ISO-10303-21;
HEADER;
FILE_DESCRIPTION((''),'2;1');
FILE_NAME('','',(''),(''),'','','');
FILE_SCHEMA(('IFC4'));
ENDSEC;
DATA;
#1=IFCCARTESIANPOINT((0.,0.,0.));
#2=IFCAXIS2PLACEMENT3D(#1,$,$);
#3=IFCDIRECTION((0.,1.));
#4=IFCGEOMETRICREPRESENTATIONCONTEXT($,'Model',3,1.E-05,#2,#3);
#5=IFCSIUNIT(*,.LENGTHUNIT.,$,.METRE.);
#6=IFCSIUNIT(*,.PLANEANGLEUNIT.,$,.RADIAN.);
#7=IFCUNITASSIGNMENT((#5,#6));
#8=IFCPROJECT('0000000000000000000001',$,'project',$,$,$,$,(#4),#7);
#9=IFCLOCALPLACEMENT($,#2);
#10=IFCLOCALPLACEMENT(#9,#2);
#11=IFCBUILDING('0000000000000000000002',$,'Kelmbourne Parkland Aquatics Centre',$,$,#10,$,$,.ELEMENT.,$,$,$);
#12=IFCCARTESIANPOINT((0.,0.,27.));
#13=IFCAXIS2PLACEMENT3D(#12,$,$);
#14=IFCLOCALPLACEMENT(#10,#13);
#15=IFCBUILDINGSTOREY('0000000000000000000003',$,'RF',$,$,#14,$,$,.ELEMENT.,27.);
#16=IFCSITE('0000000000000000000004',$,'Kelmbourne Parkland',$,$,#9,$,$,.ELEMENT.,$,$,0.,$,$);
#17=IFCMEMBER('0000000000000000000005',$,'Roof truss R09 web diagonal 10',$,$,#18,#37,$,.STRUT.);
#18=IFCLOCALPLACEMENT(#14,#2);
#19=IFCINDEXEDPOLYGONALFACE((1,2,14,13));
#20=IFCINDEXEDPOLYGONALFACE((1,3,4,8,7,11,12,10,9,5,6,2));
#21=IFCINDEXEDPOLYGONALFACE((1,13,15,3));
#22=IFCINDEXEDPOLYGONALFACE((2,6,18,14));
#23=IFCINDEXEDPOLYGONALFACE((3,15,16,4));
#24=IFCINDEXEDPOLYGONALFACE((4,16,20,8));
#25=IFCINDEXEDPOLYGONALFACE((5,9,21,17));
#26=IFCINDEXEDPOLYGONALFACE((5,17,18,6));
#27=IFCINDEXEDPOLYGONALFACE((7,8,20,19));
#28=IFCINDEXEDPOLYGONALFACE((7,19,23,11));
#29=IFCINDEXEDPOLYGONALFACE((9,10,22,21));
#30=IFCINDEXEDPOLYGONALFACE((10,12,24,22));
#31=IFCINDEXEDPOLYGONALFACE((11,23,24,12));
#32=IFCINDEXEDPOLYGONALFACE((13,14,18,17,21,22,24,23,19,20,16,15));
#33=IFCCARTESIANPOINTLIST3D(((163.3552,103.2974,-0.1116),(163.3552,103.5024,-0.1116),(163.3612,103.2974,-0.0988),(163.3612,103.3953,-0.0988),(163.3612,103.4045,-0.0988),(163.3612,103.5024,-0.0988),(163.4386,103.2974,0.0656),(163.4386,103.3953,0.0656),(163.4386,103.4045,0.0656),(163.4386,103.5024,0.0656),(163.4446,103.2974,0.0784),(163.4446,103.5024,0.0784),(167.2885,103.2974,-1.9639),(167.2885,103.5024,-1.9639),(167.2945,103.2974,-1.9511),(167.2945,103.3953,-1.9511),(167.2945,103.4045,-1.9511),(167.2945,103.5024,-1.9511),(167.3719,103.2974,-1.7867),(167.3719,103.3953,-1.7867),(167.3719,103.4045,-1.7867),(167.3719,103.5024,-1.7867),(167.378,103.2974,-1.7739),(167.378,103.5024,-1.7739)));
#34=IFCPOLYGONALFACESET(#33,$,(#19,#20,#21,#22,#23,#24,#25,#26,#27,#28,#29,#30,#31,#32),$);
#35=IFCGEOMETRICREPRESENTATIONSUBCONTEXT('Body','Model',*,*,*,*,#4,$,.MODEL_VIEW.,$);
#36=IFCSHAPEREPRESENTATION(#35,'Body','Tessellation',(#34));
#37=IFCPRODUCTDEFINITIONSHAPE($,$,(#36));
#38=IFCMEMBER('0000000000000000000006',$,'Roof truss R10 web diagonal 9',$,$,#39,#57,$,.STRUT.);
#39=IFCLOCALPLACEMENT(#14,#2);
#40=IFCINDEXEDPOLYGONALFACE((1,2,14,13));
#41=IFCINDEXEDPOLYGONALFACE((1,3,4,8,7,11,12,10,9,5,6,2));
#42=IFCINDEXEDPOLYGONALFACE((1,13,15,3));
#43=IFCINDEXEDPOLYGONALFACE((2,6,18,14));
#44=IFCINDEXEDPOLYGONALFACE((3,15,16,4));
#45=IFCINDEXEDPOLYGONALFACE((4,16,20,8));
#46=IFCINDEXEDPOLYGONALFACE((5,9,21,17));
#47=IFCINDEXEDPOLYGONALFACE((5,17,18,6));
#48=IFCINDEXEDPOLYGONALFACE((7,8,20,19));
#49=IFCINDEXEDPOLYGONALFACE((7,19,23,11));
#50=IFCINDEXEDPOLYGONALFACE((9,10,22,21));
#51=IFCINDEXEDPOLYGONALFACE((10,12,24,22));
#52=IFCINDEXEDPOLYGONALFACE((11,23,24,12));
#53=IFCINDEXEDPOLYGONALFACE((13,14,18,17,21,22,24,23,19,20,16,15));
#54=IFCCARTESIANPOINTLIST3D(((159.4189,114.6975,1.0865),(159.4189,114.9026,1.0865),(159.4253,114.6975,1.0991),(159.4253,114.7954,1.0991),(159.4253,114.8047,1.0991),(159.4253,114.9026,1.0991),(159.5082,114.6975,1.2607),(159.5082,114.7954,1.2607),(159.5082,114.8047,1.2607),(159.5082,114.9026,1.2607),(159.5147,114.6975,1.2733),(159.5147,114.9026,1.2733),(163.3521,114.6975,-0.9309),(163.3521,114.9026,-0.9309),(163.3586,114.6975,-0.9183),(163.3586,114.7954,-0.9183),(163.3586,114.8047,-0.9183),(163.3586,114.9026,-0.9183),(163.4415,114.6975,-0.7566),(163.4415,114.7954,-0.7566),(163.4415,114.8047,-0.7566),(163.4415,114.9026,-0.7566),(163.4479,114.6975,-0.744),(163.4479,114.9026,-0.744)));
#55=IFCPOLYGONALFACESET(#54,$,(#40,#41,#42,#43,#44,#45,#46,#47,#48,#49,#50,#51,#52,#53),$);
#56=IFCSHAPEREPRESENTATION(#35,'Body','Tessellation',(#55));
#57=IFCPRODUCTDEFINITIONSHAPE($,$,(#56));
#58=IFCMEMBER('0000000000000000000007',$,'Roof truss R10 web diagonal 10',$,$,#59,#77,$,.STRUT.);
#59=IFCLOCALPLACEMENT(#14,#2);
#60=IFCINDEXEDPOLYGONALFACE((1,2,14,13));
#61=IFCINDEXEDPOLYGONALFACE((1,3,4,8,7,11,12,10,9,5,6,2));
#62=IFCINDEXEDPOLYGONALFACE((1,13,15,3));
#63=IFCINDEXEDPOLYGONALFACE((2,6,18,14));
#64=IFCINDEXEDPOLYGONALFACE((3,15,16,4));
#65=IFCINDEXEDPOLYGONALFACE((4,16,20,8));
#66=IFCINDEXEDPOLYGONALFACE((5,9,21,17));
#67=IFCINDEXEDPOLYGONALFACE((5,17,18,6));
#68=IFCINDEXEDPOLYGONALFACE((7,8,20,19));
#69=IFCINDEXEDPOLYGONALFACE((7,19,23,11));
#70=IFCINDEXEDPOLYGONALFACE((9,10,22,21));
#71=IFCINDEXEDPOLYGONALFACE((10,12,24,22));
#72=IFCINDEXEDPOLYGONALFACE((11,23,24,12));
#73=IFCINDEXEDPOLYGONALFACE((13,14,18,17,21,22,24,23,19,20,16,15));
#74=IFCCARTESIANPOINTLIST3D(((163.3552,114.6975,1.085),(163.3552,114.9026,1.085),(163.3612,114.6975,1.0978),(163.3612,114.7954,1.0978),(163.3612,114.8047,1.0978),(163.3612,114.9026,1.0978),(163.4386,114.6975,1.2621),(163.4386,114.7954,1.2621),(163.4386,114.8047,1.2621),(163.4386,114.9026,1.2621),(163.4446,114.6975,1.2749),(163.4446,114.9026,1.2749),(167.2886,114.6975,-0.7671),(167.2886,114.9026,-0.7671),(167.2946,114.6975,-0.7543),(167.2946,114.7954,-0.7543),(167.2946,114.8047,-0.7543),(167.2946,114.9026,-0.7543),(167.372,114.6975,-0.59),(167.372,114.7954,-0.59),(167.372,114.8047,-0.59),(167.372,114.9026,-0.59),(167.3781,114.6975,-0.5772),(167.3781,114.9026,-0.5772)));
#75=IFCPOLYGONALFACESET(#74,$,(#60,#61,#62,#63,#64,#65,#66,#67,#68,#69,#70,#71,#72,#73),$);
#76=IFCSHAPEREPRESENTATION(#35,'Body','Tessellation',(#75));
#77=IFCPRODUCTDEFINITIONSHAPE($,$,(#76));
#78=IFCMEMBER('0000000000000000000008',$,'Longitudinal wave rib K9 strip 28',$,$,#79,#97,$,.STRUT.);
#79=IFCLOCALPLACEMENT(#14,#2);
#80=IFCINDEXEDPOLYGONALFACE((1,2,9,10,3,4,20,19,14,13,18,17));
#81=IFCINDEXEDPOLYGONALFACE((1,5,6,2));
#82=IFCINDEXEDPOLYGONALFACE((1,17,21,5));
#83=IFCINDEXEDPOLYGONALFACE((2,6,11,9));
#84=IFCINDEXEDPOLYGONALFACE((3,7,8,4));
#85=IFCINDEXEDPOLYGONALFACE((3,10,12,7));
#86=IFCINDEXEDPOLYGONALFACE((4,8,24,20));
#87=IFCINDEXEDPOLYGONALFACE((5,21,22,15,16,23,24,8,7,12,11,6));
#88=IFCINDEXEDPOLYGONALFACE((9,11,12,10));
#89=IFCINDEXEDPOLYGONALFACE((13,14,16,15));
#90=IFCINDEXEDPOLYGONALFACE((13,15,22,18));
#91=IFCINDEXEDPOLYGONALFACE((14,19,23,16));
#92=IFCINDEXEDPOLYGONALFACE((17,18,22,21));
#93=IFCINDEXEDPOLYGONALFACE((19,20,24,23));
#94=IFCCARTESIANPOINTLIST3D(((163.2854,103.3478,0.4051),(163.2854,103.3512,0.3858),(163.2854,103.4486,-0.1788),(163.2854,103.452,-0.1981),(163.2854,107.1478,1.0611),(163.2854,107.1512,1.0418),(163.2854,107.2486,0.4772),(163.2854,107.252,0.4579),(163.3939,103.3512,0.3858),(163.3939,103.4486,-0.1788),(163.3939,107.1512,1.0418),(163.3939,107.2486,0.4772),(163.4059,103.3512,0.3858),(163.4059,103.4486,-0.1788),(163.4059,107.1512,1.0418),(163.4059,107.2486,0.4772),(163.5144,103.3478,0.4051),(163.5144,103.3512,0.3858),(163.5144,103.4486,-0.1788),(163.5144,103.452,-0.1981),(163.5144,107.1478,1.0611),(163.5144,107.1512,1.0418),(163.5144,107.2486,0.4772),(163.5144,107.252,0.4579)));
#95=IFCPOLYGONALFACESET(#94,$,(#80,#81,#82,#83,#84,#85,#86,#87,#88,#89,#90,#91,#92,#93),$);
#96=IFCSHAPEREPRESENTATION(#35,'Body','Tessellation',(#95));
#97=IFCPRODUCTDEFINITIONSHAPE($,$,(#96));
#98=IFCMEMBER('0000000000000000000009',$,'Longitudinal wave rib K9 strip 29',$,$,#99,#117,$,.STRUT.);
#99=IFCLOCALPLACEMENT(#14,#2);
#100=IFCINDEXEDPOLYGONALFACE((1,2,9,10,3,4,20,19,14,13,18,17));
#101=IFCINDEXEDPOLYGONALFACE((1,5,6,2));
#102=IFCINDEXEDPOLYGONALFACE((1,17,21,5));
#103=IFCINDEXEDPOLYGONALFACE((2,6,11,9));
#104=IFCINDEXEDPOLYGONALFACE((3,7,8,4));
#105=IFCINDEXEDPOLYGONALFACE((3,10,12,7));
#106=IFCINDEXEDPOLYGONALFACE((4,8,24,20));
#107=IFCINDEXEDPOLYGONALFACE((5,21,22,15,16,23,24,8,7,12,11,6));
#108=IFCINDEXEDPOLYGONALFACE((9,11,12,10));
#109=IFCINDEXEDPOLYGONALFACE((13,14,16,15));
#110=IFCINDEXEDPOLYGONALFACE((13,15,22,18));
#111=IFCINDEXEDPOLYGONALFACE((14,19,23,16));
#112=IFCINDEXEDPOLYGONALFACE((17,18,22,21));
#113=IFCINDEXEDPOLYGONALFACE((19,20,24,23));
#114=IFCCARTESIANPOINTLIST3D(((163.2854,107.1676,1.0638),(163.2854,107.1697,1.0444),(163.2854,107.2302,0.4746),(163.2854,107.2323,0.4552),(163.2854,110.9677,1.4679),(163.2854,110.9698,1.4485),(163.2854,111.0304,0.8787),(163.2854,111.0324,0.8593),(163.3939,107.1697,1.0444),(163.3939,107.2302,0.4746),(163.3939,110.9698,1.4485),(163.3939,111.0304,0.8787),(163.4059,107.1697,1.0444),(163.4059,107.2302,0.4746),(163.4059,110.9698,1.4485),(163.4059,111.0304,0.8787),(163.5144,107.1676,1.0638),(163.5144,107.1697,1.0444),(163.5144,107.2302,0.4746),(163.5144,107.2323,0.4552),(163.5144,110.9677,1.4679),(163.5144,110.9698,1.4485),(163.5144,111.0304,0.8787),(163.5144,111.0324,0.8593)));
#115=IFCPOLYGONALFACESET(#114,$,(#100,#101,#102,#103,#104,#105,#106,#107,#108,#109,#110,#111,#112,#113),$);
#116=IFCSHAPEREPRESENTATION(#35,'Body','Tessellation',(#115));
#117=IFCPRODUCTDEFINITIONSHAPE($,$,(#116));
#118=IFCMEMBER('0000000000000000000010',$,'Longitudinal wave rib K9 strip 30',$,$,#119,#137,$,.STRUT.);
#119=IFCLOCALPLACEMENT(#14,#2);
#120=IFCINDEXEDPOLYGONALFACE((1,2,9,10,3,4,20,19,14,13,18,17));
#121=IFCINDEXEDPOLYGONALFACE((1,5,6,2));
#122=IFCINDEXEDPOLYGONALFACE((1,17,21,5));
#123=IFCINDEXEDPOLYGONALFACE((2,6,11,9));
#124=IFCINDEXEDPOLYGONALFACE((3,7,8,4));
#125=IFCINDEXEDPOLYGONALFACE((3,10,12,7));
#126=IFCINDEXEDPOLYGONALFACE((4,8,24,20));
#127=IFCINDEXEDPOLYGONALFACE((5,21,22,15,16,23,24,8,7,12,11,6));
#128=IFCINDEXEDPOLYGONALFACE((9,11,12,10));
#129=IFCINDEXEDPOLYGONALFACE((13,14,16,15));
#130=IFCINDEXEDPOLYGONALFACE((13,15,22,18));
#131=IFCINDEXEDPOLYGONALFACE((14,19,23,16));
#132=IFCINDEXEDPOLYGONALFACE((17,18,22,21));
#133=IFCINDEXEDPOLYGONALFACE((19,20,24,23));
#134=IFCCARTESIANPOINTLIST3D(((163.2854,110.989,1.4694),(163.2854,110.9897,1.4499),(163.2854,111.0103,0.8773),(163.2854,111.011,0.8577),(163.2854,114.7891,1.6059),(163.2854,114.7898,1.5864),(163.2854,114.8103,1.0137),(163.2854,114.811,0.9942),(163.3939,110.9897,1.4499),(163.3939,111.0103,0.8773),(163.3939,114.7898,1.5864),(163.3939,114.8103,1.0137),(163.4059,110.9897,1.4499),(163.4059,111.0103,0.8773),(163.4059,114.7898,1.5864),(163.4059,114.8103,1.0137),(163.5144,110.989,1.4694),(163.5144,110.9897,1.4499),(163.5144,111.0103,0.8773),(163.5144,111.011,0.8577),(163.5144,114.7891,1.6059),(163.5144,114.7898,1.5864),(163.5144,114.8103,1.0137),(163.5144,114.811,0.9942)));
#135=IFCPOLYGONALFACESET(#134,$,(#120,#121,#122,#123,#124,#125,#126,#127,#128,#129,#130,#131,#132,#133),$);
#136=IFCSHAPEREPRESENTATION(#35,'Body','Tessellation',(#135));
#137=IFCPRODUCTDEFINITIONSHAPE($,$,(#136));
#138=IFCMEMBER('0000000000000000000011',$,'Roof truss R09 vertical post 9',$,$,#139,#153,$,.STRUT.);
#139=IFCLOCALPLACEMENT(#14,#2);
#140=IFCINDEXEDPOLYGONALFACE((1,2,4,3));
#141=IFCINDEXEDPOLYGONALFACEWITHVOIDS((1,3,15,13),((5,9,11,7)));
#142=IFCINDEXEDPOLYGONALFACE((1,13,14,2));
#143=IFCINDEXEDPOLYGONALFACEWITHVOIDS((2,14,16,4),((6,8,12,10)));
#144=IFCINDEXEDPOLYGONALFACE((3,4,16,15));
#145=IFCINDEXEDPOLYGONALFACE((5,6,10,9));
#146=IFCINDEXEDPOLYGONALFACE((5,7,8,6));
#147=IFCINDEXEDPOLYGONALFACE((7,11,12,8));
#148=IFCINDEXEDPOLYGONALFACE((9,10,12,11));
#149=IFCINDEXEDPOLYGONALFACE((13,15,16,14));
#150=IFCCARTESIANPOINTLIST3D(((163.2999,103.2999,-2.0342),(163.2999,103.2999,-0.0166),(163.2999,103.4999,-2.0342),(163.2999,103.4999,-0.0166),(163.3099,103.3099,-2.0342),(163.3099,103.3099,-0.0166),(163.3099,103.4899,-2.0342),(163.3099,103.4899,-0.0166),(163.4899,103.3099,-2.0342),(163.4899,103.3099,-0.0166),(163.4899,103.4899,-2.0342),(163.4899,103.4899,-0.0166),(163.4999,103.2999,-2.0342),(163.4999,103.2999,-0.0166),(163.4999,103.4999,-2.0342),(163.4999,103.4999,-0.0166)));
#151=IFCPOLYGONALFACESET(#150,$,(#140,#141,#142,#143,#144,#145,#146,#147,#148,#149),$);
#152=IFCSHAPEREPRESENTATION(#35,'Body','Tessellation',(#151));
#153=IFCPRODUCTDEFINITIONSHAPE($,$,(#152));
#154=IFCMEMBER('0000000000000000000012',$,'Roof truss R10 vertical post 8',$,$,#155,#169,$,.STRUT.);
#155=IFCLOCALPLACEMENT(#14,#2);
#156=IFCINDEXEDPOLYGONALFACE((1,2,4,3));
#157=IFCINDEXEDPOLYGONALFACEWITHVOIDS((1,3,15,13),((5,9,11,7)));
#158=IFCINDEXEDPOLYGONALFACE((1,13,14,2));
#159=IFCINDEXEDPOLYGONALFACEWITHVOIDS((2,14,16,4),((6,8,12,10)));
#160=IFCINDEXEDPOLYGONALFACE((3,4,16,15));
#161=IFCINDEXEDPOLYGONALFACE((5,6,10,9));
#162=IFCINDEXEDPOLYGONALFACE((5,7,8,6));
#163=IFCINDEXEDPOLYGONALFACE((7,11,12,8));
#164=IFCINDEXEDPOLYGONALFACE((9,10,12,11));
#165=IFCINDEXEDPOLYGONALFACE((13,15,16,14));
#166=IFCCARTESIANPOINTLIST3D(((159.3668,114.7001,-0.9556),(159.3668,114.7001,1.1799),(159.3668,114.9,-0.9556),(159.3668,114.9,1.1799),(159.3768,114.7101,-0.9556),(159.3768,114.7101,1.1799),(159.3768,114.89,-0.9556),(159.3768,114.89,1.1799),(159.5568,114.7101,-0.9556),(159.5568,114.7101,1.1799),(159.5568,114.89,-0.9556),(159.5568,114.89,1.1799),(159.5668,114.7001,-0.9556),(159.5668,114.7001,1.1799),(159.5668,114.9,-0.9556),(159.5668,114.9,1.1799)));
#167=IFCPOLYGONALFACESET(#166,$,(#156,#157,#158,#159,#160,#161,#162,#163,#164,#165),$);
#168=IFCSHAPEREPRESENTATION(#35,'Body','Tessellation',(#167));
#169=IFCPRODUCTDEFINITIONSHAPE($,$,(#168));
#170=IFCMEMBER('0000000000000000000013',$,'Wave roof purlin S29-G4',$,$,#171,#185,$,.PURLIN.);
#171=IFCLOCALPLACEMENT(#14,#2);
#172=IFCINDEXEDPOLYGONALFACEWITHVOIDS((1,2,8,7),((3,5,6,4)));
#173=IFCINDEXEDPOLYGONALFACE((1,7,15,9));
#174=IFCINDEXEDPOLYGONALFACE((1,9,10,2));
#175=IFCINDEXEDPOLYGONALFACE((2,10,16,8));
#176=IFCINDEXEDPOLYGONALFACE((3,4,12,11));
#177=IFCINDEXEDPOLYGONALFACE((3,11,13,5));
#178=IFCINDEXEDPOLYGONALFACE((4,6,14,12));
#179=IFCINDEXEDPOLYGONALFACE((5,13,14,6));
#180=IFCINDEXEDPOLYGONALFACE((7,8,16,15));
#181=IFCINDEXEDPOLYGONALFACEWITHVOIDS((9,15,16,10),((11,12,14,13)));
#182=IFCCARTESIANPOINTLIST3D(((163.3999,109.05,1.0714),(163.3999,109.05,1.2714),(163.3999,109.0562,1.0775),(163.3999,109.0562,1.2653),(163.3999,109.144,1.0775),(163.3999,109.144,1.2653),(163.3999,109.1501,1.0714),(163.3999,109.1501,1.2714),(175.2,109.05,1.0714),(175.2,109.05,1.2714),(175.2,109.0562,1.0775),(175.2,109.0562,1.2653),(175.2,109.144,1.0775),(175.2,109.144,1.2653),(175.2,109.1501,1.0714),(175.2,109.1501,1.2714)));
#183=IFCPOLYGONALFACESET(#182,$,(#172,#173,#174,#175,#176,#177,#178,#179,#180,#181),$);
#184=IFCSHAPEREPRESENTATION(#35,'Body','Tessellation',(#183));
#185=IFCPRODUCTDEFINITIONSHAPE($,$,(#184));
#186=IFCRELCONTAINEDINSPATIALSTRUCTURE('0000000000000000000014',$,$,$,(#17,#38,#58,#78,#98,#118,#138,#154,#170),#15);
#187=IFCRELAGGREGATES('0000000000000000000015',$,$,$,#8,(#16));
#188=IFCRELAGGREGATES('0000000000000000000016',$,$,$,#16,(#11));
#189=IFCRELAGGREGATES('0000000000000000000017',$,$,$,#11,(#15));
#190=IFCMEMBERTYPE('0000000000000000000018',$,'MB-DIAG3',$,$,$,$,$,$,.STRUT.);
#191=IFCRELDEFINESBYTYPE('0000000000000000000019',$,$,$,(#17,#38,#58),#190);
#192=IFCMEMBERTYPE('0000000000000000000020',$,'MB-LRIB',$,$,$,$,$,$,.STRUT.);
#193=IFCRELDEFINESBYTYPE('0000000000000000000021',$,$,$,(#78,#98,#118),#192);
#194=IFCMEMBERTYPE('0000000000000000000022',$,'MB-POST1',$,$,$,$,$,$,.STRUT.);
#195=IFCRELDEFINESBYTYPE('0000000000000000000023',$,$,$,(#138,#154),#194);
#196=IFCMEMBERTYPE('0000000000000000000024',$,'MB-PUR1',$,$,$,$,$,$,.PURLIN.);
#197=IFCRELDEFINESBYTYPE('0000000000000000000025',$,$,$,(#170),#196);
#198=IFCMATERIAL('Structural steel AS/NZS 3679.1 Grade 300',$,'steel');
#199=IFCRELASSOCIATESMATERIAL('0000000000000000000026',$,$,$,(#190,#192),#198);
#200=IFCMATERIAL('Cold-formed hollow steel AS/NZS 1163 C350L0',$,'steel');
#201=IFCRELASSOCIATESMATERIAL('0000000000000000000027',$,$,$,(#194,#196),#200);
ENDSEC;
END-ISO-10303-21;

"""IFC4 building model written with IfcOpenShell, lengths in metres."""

from ifc_helpers import new_model, si_unit, direction, frame, origin, origin_2d, place, context, subcontext, project, spatial, hollow_rectangle, i_section, extrude, material, material_profile, profile_set, type_object, element, save


model = new_model("IFC4")

# Units and contexts
model_context = context("Model", 3, precision=1e-05, world=origin(), true_north=direction((0.0, 1.0)))
body_context = subcontext(model_context, "Body", "Model", "MODEL_VIEW")
ifc_project = project(units=[si_unit("LENGTHUNIT", "METRE"), si_unit("PLANEANGLEUNIT", "RADIAN")], contexts=[model_context])

# Site, building, storey
site_placement = place(None, origin())
site = spatial("IfcSite", under=ifc_project, at=site_placement, Name="Kelmbourne Parkland", CompositionType="ELEMENT", RefElevation=0.0)
building_placement = place(site_placement, origin())
building = spatial("IfcBuilding", under=site, at=building_placement, Name="Kelmbourne Parkland Aquatics Centre", CompositionType="ELEMENT")
storey_placement = place(building_placement, frame((0.0, 0.0, 27.0)))
storey = spatial("IfcBuildingStorey", under=building, at=storey_placement, Name="RF", CompositionType="ELEMENT", Elevation=27.0)

# Members
ifc_material_1 = material(Name="Structural steel AS/NZS 3679.1 Grade 300", Category="steel")
ifc_material_profile_1 = material_profile(ifc_material_1, i_section(OverallWidth=0.2051, OverallDepth=0.21, WebThickness=0.0093, FlangeThickness=0.0142, at=origin_2d()), Name="200UC59.5")
ifc_profile_set_1 = profile_set([ifc_material_profile_1], Name="Structural steel AS/NZS 3679.1 Grade 300")
member_type_1 = type_object("IfcMemberType", Name="MB-DIAG3", PredefinedType="STRUT", material=ifc_profile_set_1)
member_1_placement = place(storey_placement, frame((163.3999, 103.3999, -0.0166), z_axis=(0.904703, 0.0, -0.426043), x_axis=(0.0, 1.0, 0.0)))
element("IfcMember", 1, at=member_1_placement, inside=storey, type_object=member_type_1, Name="Roof truss R09 web diagonal 10", PredefinedType="STRUT", context=body_context, shape_type="SweptSolid", body=[
    extrude(i_section(OverallWidth=0.2051, OverallDepth=0.21, WebThickness=0.0093, FlangeThickness=0.0142, at=origin_2d()), origin(), (0.0, 0.0, 1.0), 4.3477),
])
member_2_placement = place(storey_placement, frame((159.4668, 114.8, 1.1799), z_axis=(0.889785, 0.0, -0.456381), x_axis=(0.0, 1.0, 0.0)))
element("IfcMember", 2, at=member_2_placement, inside=storey, type_object=member_type_1, Name="Roof truss R10 web diagonal 9", PredefinedType="STRUT", context=body_context, shape_type="SweptSolid", body=[
    extrude(i_section(OverallWidth=0.2051, OverallDepth=0.21, WebThickness=0.0093, FlangeThickness=0.0142, at=origin_2d()), origin(), (0.0, 0.0, 1.0), 4.4204),
])
member_3_placement = place(storey_placement, frame((163.3999, 114.8, 1.1799), z_axis=(0.904725, 0.0, -0.425997), x_axis=(0.0, 1.0, 0.0)))
element("IfcMember", 3, at=member_3_placement, inside=storey, type_object=member_type_1, Name="Roof truss R10 web diagonal 10", PredefinedType="STRUT", context=body_context, shape_type="SweptSolid", body=[
    extrude(i_section(OverallWidth=0.2051, OverallDepth=0.21, WebThickness=0.0093, FlangeThickness=0.0142, at=origin_2d()), origin(), (0.0, 0.0, 1.0), 4.3477),
])
ifc_material_profile_2 = material_profile(ifc_material_1, i_section(OverallWidth=0.229, OverallDepth=0.6121, WebThickness=0.012, FlangeThickness=0.0195, at=origin_2d()), Name="610UB125")
ifc_profile_set_2 = profile_set([ifc_material_profile_2], Name="Structural steel AS/NZS 3679.1 Grade 300")
member_type_2 = type_object("IfcMemberType", Name="MB-LRIB", PredefinedType="STRUT", material=ifc_profile_set_2)
member_4_placement = place(storey_placement, frame((163.3999, 103.3999, 0.1035), z_axis=(0.0, 0.985424, 0.170115), x_axis=(-1.0, 0.0, 0.0)))
element("IfcMember", 4, at=member_4_placement, inside=storey, type_object=member_type_2, Name="Longitudinal wave rib K9 strip 28", PredefinedType="STRUT", context=body_context, shape_type="SweptSolid", body=[
    extrude(i_section(OverallWidth=0.229, OverallDepth=0.6121, WebThickness=0.012, FlangeThickness=0.0195, at=origin_2d()), origin(), (0.0, 0.0, 1.0), 3.8562),
])
member_5_placement = place(storey_placement, frame((163.3999, 107.2, 0.7595), z_axis=(0.0, 0.994395, 0.105732), x_axis=(-1.0, 0.0, 0.0)))
element("IfcMember", 5, at=member_5_placement, inside=storey, type_object=member_type_2, Name="Longitudinal wave rib K9 strip 29", PredefinedType="STRUT", context=body_context, shape_type="SweptSolid", body=[
    extrude(i_section(OverallWidth=0.229, OverallDepth=0.6121, WebThickness=0.012, FlangeThickness=0.0195, at=origin_2d()), origin(), (0.0, 0.0, 1.0), 3.8215),
])
member_6_placement = place(storey_placement, frame((163.3999, 111.0, 1.1636), z_axis=(0.0, 0.999356, 0.035891), x_axis=(-1.0, 0.0, 0.0)))
element("IfcMember", 6, at=member_6_placement, inside=storey, type_object=member_type_2, Name="Longitudinal wave rib K9 strip 30", PredefinedType="STRUT", context=body_context, shape_type="SweptSolid", body=[
    extrude(i_section(OverallWidth=0.229, OverallDepth=0.6121, WebThickness=0.012, FlangeThickness=0.0195, at=origin_2d()), origin(), (0.0, 0.0, 1.0), 3.8025),
])
ifc_material_2 = material(Name="Cold-formed hollow steel AS/NZS 1163 C350L0", Category="steel")
ifc_material_profile_3 = material_profile(ifc_material_2, hollow_rectangle(XDim=0.2, YDim=0.2, WallThickness=0.01, at=origin_2d()), Name="SHS 200x200x10.0")
ifc_profile_set_3 = profile_set([ifc_material_profile_3], Name="Cold-formed hollow steel AS/NZS 1163 C350L0")
member_type_3 = type_object("IfcMemberType", Name="MB-POST1", PredefinedType="STRUT", material=ifc_profile_set_3)
member_7_placement = place(storey_placement, frame((163.3999, 103.3999, -2.0342), z_axis=(0.0, 0.0, 1.0), x_axis=(1.0, 0.0, 0.0)))
element("IfcMember", 7, at=member_7_placement, inside=storey, type_object=member_type_3, Name="Roof truss R09 vertical post 9", PredefinedType="STRUT", context=body_context, shape_type="SweptSolid", body=[
    extrude(hollow_rectangle(XDim=0.2, YDim=0.2, WallThickness=0.01, at=origin_2d()), origin(), (0.0, 0.0, 1.0), 2.0176),
])
member_8_placement = place(storey_placement, frame((159.4668, 114.8, -0.9556), z_axis=(0.0, 0.0, 1.0), x_axis=(1.0, 0.0, 0.0)))
element("IfcMember", 8, at=member_8_placement, inside=storey, type_object=member_type_3, Name="Roof truss R10 vertical post 8", PredefinedType="STRUT", context=body_context, shape_type="SweptSolid", body=[
    extrude(hollow_rectangle(XDim=0.2, YDim=0.2, WallThickness=0.01, at=origin_2d()), origin(), (0.0, 0.0, 1.0), 2.1355),
])
ifc_material_profile_4 = material_profile(ifc_material_2, hollow_rectangle(XDim=0.1001, YDim=0.2, WallThickness=0.0061, at=origin_2d()), Name="RHS 200x100x6.0")
ifc_profile_set_4 = profile_set([ifc_material_profile_4], Name="Cold-formed hollow steel AS/NZS 1163 C350L0")
member_type_4 = type_object("IfcMemberType", Name="MB-PUR1", PredefinedType="PURLIN", material=ifc_profile_set_4)
member_9_placement = place(storey_placement, frame((163.3999, 109.1001, 1.1714), z_axis=(1.0, 0.0, 0.0), x_axis=(0.0, 1.0, 0.0)))
element("IfcMember", 9, at=member_9_placement, inside=storey, type_object=member_type_4, Name="Wave roof purlin S29-G4", PredefinedType="PURLIN", context=body_context, shape_type="SweptSolid", body=[
    extrude(hollow_rectangle(XDim=0.1001, YDim=0.2, WallThickness=0.0061, at=origin_2d()), origin(), (0.0, 0.0, 1.0), 11.8),
])

save(model, "model.ifc")
